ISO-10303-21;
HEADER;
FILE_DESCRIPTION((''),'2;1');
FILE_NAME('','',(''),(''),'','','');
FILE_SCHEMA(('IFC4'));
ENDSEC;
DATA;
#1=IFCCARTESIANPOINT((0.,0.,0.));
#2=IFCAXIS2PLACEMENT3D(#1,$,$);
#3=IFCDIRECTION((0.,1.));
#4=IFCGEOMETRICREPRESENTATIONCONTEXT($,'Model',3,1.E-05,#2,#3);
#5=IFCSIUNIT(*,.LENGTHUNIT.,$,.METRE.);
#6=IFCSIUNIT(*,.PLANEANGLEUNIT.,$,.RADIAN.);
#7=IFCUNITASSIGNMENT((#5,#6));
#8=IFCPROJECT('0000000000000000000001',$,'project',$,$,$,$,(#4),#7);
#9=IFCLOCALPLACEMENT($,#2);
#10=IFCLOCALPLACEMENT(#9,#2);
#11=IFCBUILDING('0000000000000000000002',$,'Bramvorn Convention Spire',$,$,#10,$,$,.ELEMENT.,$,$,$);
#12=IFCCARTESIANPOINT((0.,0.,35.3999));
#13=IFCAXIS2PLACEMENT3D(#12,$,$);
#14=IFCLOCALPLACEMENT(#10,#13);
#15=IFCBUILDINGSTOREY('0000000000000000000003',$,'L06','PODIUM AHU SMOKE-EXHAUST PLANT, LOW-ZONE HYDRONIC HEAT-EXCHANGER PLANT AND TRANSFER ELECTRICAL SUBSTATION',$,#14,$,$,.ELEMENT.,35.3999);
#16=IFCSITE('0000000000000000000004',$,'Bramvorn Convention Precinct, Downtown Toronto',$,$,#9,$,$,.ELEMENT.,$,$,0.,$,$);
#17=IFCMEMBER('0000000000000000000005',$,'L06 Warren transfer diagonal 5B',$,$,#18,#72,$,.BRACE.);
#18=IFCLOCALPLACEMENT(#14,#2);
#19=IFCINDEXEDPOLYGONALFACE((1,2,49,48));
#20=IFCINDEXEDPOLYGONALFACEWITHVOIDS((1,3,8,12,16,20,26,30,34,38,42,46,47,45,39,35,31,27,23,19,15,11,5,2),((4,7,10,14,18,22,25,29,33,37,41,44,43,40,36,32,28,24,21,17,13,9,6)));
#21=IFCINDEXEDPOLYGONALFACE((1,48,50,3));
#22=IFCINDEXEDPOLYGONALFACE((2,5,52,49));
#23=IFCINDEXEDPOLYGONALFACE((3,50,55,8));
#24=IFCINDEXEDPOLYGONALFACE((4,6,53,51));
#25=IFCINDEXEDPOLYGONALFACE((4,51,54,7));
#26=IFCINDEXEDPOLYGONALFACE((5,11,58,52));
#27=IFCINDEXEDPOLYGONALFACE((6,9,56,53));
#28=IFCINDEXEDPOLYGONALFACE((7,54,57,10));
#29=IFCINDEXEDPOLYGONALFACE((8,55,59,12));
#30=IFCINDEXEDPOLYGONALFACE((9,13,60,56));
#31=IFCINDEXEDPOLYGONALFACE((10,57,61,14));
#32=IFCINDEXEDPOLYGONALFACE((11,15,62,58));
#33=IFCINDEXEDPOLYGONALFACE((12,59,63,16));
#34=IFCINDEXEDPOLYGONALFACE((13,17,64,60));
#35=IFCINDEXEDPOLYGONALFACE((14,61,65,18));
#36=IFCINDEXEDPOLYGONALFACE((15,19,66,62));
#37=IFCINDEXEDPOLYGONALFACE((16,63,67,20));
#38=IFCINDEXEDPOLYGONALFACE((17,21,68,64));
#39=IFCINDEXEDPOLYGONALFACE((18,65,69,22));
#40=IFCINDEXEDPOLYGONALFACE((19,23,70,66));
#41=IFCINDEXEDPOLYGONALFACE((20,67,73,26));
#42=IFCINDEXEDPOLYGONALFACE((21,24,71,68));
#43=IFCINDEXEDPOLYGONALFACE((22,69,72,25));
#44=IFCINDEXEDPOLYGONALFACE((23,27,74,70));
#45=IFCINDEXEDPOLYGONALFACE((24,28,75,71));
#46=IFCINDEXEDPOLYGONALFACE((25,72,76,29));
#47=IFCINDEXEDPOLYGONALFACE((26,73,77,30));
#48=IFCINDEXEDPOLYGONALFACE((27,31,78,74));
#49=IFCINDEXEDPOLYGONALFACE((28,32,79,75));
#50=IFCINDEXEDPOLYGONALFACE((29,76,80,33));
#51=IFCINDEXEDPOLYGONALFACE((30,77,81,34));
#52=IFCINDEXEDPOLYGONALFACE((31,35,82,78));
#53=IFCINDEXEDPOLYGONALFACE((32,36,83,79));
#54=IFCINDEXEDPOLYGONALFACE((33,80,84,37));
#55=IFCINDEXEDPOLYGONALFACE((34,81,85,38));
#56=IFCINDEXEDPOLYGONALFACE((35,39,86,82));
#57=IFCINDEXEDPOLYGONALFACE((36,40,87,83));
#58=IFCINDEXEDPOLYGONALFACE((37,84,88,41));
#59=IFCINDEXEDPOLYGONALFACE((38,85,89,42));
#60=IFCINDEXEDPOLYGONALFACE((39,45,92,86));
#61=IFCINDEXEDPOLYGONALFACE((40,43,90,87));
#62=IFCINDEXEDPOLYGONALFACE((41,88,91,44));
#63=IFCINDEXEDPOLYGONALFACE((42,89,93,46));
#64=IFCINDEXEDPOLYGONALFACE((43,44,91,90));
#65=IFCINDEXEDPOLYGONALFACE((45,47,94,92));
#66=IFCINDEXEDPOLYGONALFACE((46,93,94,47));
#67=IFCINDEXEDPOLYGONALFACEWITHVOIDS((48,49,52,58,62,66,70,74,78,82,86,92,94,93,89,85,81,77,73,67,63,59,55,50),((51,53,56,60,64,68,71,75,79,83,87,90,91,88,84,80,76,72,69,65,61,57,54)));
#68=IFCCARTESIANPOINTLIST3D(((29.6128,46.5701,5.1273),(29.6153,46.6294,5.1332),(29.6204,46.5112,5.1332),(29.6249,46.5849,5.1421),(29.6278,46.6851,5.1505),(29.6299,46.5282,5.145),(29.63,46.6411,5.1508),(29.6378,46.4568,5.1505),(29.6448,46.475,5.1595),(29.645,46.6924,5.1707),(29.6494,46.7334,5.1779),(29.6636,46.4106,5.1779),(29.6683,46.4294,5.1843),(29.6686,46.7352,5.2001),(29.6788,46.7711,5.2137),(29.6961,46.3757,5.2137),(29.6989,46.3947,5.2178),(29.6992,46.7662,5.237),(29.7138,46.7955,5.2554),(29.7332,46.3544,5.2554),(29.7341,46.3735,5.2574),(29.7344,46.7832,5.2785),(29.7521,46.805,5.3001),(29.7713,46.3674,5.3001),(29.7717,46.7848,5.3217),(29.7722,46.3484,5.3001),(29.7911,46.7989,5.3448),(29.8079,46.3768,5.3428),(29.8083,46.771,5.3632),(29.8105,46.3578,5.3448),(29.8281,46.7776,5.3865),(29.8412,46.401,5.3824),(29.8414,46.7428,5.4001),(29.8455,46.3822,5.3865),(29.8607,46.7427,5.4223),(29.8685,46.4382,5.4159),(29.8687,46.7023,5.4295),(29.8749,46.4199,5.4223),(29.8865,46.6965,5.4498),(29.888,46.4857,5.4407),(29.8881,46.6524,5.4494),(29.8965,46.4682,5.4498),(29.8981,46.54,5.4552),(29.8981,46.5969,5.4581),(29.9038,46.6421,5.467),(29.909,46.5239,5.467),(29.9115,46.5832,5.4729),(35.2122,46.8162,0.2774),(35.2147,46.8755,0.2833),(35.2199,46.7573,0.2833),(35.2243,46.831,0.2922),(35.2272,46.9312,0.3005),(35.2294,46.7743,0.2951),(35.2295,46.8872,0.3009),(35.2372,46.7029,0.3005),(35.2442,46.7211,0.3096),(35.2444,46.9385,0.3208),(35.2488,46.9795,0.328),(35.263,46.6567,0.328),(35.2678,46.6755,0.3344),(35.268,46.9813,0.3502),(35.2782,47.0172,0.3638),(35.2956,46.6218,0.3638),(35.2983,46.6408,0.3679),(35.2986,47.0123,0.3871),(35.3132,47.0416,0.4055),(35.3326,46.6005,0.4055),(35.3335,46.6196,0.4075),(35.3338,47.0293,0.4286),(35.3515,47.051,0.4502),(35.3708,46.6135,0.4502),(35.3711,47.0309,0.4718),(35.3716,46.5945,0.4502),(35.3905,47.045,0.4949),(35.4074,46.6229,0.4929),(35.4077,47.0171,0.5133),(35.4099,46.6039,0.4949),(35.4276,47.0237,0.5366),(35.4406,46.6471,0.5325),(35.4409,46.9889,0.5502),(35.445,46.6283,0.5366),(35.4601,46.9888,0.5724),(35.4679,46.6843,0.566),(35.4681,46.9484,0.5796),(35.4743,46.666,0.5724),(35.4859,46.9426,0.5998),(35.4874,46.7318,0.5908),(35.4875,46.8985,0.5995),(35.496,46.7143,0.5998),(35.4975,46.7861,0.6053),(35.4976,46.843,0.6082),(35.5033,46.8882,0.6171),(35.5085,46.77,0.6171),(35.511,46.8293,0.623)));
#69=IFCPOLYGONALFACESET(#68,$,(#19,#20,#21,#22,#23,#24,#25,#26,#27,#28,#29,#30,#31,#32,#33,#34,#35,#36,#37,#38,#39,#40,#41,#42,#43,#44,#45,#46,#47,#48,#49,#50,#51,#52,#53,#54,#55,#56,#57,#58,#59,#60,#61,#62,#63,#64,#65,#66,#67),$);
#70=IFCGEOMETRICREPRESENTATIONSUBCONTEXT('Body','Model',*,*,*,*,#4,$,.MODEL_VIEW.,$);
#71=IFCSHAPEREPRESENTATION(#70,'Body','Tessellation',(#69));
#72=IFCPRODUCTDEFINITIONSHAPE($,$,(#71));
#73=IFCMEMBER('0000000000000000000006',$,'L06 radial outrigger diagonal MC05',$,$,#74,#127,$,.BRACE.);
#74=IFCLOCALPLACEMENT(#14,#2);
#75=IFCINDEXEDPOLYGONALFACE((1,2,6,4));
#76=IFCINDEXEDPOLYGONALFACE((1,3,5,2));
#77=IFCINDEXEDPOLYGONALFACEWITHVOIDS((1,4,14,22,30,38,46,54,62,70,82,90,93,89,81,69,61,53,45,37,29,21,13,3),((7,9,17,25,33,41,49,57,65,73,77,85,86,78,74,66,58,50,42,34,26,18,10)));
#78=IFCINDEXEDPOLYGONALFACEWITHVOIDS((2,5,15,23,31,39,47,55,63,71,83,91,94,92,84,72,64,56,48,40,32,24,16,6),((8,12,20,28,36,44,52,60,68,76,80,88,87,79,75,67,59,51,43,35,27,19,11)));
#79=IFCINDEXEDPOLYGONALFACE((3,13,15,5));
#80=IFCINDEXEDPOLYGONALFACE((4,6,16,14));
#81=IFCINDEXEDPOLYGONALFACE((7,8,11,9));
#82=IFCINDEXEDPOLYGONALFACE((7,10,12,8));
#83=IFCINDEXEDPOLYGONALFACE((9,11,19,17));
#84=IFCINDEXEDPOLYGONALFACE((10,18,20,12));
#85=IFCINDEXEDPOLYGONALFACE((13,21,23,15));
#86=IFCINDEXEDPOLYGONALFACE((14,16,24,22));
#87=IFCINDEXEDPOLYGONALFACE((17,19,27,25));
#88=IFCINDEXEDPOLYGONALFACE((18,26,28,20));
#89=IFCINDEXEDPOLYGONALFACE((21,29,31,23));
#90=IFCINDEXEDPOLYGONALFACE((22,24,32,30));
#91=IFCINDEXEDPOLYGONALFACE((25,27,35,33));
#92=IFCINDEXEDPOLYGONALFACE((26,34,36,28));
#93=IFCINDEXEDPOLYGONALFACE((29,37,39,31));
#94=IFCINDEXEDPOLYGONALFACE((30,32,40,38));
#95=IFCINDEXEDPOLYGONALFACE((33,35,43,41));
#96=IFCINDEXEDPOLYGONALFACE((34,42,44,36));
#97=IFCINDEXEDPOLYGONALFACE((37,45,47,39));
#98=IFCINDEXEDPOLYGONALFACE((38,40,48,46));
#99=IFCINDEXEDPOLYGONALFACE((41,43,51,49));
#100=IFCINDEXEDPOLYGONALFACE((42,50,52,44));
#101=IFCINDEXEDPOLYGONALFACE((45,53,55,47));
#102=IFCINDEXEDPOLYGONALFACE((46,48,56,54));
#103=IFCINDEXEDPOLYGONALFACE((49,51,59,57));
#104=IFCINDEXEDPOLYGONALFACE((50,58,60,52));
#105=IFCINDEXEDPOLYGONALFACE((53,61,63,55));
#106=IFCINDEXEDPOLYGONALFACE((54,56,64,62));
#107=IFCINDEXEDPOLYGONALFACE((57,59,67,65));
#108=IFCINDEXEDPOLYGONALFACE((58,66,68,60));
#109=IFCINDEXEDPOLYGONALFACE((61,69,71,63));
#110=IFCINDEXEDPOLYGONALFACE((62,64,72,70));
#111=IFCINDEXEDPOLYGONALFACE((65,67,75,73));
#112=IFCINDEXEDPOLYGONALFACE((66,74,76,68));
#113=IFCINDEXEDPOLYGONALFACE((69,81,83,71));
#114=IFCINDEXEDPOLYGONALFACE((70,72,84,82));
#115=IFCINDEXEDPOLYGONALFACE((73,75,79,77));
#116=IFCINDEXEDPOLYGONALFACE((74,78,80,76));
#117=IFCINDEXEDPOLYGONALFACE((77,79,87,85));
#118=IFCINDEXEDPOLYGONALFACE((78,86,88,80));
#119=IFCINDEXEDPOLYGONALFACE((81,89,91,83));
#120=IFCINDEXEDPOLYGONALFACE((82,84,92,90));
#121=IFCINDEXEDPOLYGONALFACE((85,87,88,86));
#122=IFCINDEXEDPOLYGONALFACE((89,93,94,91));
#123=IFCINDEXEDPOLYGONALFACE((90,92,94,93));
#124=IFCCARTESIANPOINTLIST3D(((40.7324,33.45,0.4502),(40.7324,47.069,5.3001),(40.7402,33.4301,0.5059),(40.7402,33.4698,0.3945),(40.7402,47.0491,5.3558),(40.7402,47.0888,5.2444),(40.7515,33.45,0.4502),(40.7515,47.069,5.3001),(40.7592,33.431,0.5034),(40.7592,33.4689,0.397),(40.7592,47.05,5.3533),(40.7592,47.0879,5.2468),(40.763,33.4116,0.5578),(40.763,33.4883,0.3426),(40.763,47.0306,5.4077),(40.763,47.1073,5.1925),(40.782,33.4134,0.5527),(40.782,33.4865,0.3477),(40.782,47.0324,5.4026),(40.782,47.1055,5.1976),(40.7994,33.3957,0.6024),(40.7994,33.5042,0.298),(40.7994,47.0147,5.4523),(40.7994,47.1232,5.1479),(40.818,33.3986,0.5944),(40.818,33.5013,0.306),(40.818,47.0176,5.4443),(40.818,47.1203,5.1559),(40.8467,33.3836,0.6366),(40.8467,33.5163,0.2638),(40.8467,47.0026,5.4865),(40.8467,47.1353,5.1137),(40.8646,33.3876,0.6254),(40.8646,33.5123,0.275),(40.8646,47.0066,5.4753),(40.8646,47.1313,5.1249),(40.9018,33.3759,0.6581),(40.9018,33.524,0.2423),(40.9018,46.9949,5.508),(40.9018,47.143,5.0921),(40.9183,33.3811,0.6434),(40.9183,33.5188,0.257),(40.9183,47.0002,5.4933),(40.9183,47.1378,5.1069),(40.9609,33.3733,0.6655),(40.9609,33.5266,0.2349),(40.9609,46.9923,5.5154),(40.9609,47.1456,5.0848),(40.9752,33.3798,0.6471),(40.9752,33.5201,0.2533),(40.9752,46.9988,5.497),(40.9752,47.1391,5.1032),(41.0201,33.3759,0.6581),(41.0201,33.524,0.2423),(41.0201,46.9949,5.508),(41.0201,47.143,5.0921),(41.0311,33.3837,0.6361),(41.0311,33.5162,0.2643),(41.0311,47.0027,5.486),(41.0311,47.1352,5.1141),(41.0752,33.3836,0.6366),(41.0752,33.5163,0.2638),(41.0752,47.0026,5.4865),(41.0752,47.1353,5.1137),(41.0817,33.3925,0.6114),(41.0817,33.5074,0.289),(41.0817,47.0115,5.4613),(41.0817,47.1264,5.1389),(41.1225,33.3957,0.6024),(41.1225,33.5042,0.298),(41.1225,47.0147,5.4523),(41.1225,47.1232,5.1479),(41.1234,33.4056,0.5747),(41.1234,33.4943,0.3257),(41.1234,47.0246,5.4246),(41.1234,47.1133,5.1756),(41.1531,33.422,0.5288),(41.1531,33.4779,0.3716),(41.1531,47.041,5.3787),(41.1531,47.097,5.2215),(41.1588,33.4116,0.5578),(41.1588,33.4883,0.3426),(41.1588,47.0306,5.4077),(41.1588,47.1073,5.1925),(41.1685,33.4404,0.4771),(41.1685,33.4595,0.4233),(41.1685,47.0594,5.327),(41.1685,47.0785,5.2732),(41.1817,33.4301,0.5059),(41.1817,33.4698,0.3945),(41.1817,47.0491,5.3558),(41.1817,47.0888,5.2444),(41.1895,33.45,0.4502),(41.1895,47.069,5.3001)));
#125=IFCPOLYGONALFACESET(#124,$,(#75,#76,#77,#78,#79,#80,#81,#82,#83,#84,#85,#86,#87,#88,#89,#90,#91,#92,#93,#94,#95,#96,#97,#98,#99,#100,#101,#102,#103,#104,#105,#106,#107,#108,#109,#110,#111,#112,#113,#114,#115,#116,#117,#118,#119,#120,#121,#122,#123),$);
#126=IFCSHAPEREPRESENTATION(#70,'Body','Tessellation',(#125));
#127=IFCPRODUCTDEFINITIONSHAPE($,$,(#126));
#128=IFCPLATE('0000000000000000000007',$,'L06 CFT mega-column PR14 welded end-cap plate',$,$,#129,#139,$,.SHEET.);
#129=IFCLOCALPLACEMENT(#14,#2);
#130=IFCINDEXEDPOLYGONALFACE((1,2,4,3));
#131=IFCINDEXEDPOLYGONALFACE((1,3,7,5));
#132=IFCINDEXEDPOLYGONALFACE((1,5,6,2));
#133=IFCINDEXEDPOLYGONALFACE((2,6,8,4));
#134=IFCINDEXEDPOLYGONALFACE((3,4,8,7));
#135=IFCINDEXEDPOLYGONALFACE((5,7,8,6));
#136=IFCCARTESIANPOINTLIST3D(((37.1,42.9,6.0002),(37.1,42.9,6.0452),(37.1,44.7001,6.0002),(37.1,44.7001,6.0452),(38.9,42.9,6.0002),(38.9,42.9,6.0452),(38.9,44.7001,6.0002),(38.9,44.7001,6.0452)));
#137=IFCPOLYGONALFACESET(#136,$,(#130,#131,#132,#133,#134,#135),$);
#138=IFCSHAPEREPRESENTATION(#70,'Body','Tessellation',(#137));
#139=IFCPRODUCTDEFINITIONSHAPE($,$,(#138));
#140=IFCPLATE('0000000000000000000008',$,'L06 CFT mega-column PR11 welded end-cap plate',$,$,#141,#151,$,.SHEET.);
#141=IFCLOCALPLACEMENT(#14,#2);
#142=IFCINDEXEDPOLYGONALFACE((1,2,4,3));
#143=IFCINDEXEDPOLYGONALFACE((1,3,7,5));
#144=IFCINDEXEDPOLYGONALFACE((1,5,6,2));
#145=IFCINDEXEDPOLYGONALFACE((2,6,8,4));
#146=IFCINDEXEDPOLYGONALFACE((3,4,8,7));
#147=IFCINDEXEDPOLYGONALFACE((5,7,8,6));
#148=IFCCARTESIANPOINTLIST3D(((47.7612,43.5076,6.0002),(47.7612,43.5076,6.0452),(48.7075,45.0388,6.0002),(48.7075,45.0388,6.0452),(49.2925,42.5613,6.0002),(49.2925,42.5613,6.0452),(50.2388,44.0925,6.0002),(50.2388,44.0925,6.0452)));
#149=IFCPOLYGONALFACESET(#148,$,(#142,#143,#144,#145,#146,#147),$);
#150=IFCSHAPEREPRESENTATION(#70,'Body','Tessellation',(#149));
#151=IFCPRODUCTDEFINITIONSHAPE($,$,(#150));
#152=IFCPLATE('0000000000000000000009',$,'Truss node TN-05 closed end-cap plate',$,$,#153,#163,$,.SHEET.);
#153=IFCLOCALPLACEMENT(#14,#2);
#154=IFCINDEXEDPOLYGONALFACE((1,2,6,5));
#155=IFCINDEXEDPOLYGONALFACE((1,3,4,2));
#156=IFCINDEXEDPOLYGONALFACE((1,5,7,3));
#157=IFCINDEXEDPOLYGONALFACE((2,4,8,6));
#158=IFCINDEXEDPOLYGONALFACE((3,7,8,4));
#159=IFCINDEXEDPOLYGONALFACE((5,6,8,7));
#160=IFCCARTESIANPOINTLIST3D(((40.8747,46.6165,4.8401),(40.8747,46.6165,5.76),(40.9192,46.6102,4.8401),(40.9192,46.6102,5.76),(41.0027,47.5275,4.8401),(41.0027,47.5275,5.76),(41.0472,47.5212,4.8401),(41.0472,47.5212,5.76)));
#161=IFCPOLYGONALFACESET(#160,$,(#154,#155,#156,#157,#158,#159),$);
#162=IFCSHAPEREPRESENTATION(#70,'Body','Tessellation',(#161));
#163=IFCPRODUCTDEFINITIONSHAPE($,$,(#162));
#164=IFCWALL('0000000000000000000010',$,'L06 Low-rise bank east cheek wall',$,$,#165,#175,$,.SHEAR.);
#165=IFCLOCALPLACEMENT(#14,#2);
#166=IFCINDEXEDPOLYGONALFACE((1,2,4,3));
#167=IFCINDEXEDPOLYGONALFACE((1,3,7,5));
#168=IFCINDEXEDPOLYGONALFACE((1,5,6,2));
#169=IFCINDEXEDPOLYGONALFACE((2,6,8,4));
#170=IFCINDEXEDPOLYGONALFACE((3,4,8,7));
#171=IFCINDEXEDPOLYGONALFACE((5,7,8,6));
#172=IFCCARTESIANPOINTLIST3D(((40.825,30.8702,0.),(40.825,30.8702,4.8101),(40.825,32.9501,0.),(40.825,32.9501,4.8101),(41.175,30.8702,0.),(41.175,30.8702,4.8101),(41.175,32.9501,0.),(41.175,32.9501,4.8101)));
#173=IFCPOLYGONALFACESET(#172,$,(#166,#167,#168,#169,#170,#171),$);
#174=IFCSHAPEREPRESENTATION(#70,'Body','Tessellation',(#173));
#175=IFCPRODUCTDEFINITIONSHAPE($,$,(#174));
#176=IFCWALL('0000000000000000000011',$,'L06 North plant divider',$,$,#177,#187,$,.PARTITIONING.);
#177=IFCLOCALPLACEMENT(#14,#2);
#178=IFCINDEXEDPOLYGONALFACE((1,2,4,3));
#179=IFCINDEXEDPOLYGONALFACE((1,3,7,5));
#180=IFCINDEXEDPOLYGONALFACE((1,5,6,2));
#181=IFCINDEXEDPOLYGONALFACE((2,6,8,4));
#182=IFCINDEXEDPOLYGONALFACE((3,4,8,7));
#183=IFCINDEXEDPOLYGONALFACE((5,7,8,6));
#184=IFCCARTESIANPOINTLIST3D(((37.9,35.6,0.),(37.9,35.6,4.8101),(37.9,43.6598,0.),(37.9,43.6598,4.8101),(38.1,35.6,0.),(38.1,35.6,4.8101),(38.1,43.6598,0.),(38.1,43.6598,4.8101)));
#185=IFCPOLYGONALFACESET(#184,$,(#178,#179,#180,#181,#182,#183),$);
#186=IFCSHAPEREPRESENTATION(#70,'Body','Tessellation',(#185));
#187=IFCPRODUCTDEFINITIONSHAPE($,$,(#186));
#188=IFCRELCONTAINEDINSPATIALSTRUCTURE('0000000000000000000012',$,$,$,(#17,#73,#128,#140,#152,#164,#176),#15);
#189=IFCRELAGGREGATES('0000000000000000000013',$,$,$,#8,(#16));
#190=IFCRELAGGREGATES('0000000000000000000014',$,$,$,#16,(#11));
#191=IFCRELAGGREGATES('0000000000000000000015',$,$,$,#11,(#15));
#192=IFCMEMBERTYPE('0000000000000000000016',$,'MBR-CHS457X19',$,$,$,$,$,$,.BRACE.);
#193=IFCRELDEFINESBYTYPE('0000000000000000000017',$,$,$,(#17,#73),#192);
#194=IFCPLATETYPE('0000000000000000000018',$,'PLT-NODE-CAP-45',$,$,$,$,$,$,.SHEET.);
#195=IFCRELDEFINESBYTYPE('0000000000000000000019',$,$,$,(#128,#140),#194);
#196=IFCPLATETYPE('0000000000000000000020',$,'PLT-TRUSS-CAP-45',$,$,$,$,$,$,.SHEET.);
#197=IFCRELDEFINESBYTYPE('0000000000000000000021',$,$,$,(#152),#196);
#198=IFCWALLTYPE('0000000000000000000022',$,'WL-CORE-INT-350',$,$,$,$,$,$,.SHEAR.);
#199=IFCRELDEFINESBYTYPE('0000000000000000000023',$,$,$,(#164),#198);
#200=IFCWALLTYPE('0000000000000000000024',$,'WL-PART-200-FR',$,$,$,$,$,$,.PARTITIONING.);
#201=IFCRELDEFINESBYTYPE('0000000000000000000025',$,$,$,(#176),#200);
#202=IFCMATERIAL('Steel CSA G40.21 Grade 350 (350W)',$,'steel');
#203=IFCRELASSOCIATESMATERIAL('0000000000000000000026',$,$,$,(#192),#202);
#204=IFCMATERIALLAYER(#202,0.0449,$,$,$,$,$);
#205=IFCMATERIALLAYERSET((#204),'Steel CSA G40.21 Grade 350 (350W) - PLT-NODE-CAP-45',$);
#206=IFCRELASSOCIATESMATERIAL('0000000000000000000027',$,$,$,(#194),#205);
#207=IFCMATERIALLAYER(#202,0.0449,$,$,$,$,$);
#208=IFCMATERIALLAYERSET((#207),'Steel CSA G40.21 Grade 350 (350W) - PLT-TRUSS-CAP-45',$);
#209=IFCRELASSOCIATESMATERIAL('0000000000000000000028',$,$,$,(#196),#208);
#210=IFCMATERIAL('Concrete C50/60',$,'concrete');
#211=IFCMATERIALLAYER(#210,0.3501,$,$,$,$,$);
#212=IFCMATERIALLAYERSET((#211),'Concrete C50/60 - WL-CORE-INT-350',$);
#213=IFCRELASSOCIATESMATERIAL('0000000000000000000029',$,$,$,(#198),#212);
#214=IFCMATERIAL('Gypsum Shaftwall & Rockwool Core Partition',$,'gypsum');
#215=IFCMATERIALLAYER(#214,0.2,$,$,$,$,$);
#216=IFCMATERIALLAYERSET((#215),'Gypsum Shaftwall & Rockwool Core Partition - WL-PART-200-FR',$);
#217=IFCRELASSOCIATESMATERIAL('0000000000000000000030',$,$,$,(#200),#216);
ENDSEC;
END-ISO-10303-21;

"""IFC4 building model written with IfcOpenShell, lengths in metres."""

from ifc_helpers import new_model, si_unit, direction, frame, frame_2d, origin, origin_2d, place, context, subcontext, project, spatial, rectangle, hollow_circle, extrude, material, layer, layer_set, material_profile, profile_set, type_object, element, save


model = new_model("IFC4")

# Units and contexts
model_context = context("Model", 3, precision=1e-05, world=origin(), true_north=direction((0.0, 1.0)))
body_context = subcontext(model_context, "Body", "Model", "MODEL_VIEW")
ifc_project = project(units=[si_unit("LENGTHUNIT", "METRE"), si_unit("PLANEANGLEUNIT", "RADIAN")], contexts=[model_context])

# Site, building, storey
site_placement = place(None, origin())
site = spatial("IfcSite", under=ifc_project, at=site_placement, Name="Bramvorn Convention Precinct, Downtown Toronto", CompositionType="ELEMENT", RefElevation=0.0)
building_placement = place(site_placement, origin())
building = spatial("IfcBuilding", under=site, at=building_placement, Name="Bramvorn Convention Spire", CompositionType="ELEMENT")
storey_placement = place(building_placement, frame((0.0, 0.0, 35.3999)))
storey = spatial("IfcBuildingStorey", under=building, at=storey_placement, Name="L06", Description="PODIUM AHU SMOKE-EXHAUST PLANT, LOW-ZONE HYDRONIC HEAT-EXCHANGER PLANT AND TRANSFER ELECTRICAL SUBSTATION", CompositionType="ELEMENT", Elevation=35.3999)

# Shared definitions
ifc_material_1 = material(Name="Steel CSA G40.21 Grade 350 (350W)", Category="steel")

# Members
ifc_material_profile_1 = material_profile(ifc_material_1, hollow_circle(Radius=0.2285, WallThickness=0.019, at=origin_2d()))
ifc_profile_set_1 = profile_set([ifc_material_profile_1], Name="Steel CSA G40.21 Grade 350 (350W) - CHS457X19")
member_type_1 = type_object("IfcMemberType", Name="MBR-CHS457X19", PredefinedType="BRACE", material=ifc_profile_set_1)
for number, where, z_axis, x_axis, name in (
    (1, (35.3616, 46.8228, 0.4502), (-0.755468, -0.033203, 0.654344), (0.043908, -0.999036, 0.0), "L06 Warren transfer diagonal 5B"),
):
    element("IfcMember", number, at=place(storey_placement, frame(where, z_axis=z_axis, x_axis=x_axis)), inside=storey, type_object=member_type_1, Name=name, PredefinedType="BRACE", context=body_context, shape_type="SweptSolid", body=[
        extrude(hollow_circle(Radius=0.2285, WallThickness=0.019, at=origin_2d()), origin(), (0.0, 0.0, 1.0), 7.4119),
    ])
member_1_placement = place(storey_placement, frame((40.9609, 33.45, 0.4502), z_axis=(0.0, 0.942049, 0.335475), x_axis=(-1.0, 0.0, 0.0)))
element("IfcMember", 2, at=member_1_placement, inside=storey, type_object=member_type_1, Name="L06 radial outrigger diagonal MC05", PredefinedType="BRACE", context=body_context, shape_type="SweptSolid", body=[
    extrude(hollow_circle(Radius=0.2285, WallThickness=0.019, at=origin_2d()), origin(), (0.0, 0.0, 1.0), 14.4568),
])

# Plates
ifc_layer_1 = layer(ifc_material_1, 0.0449)
ifc_layer_set_1 = layer_set([ifc_layer_1], Name="Steel CSA G40.21 Grade 350 (350W) - PLT-NODE-CAP-45")
plate_type_1 = type_object("IfcPlateType", Name="PLT-NODE-CAP-45", PredefinedType="SHEET", material=ifc_layer_set_1)
for number, where, z_axis, x_axis, name in (
    (3, (38.0, 43.8, 6.0002), (0.0, 0.0, 1.0), (0.0, 1.0, 0.0), "L06 CFT mega-column PR14 welded end-cap plate"),
    (4, (49.0, 43.8, 6.0002), (0.0, 0.0, 1.0), (0.525696, 0.850672, 0.0), "L06 CFT mega-column PR11 welded end-cap plate"),
):
    element("IfcPlate", number, at=place(storey_placement, frame(where, z_axis=z_axis, x_axis=x_axis)), inside=storey, type_object=plate_type_1, Name=name, PredefinedType="SHEET", context=body_context, shape_type="SweptSolid", body=[
        extrude(rectangle(XDim=1.8, YDim=1.8, at=origin_2d()), origin(), (0.0, 0.0, 1.0), 0.0449),
    ])
ifc_layer_2 = layer(ifc_material_1, 0.0449)
ifc_layer_set_2 = layer_set([ifc_layer_2], Name="Steel CSA G40.21 Grade 350 (350W) - PLT-TRUSS-CAP-45")
plate_type_2 = type_object("IfcPlateType", Name="PLT-TRUSS-CAP-45", PredefinedType="SHEET", material=ifc_layer_set_2)
plate_placement = place(storey_placement, frame((40.9609, 47.0688, 4.8401), z_axis=(0.0, 0.0, 1.0), x_axis=(0.139171, 0.990268, 0.0)))
element("IfcPlate", 5, at=plate_placement, inside=storey, type_object=plate_type_2, Name="Truss node TN-05 closed end-cap plate", PredefinedType="SHEET", context=body_context, shape_type="SweptSolid", body=[
    extrude(rectangle(XDim=0.9199, YDim=0.0449, at=origin_2d()), origin(), (0.0, 0.0, 1.0), 0.9199),
])

# Shared definitions
ifc_material_2 = material(Name="Concrete C50/60", Category="concrete")
ifc_layer_3 = layer(ifc_material_2, 0.3501)
ifc_layer_set_3 = layer_set([ifc_layer_3], Name="Concrete C50/60 - WL-CORE-INT-350")
wall_type_1 = type_object("IfcWallType", Name="WL-CORE-INT-350", PredefinedType="SHEAR", material=ifc_layer_set_3)

# Walls
wall_1_placement = place(storey_placement, frame((41.0, 30.8701, 0.0), z_axis=(0.0, 0.0, 1.0), x_axis=(0.0, 1.0, 0.0)))
element("IfcWall", 6, at=wall_1_placement, inside=storey, type_object=wall_type_1, Name="L06 Low-rise bank east cheek wall", PredefinedType="SHEAR", context=body_context, shape_type="SweptSolid", body=[
    extrude(rectangle(XDim=2.0798, YDim=0.3501, at=frame_2d((1.04, 0.0))), origin(), (0.0, 0.0, 1.0), 4.8101),
])
ifc_material_3 = material(Name="Gypsum Shaftwall & Rockwool Core Partition", Category="gypsum")
ifc_layer_4 = layer(ifc_material_3, 0.2)
ifc_layer_set_4 = layer_set([ifc_layer_4], Name="Gypsum Shaftwall & Rockwool Core Partition - WL-PART-200-FR")
wall_type_2 = type_object("IfcWallType", Name="WL-PART-200-FR", PredefinedType="PARTITIONING", material=ifc_layer_set_4)
wall_2_placement = place(storey_placement, frame((38.0, 35.6001, 0.0), z_axis=(0.0, 0.0, 1.0), x_axis=(0.0, 1.0, 0.0)))
element("IfcWall", 7, at=wall_2_placement, inside=storey, type_object=wall_type_2, Name="L06 North plant divider", PredefinedType="PARTITIONING", context=body_context, shape_type="SweptSolid", body=[
    extrude(rectangle(XDim=8.0598, YDim=0.2, at=frame_2d((4.0298, 0.0))), origin(), (0.0, 0.0, 1.0), 4.8101),
])

save(model, "model.ifc")
